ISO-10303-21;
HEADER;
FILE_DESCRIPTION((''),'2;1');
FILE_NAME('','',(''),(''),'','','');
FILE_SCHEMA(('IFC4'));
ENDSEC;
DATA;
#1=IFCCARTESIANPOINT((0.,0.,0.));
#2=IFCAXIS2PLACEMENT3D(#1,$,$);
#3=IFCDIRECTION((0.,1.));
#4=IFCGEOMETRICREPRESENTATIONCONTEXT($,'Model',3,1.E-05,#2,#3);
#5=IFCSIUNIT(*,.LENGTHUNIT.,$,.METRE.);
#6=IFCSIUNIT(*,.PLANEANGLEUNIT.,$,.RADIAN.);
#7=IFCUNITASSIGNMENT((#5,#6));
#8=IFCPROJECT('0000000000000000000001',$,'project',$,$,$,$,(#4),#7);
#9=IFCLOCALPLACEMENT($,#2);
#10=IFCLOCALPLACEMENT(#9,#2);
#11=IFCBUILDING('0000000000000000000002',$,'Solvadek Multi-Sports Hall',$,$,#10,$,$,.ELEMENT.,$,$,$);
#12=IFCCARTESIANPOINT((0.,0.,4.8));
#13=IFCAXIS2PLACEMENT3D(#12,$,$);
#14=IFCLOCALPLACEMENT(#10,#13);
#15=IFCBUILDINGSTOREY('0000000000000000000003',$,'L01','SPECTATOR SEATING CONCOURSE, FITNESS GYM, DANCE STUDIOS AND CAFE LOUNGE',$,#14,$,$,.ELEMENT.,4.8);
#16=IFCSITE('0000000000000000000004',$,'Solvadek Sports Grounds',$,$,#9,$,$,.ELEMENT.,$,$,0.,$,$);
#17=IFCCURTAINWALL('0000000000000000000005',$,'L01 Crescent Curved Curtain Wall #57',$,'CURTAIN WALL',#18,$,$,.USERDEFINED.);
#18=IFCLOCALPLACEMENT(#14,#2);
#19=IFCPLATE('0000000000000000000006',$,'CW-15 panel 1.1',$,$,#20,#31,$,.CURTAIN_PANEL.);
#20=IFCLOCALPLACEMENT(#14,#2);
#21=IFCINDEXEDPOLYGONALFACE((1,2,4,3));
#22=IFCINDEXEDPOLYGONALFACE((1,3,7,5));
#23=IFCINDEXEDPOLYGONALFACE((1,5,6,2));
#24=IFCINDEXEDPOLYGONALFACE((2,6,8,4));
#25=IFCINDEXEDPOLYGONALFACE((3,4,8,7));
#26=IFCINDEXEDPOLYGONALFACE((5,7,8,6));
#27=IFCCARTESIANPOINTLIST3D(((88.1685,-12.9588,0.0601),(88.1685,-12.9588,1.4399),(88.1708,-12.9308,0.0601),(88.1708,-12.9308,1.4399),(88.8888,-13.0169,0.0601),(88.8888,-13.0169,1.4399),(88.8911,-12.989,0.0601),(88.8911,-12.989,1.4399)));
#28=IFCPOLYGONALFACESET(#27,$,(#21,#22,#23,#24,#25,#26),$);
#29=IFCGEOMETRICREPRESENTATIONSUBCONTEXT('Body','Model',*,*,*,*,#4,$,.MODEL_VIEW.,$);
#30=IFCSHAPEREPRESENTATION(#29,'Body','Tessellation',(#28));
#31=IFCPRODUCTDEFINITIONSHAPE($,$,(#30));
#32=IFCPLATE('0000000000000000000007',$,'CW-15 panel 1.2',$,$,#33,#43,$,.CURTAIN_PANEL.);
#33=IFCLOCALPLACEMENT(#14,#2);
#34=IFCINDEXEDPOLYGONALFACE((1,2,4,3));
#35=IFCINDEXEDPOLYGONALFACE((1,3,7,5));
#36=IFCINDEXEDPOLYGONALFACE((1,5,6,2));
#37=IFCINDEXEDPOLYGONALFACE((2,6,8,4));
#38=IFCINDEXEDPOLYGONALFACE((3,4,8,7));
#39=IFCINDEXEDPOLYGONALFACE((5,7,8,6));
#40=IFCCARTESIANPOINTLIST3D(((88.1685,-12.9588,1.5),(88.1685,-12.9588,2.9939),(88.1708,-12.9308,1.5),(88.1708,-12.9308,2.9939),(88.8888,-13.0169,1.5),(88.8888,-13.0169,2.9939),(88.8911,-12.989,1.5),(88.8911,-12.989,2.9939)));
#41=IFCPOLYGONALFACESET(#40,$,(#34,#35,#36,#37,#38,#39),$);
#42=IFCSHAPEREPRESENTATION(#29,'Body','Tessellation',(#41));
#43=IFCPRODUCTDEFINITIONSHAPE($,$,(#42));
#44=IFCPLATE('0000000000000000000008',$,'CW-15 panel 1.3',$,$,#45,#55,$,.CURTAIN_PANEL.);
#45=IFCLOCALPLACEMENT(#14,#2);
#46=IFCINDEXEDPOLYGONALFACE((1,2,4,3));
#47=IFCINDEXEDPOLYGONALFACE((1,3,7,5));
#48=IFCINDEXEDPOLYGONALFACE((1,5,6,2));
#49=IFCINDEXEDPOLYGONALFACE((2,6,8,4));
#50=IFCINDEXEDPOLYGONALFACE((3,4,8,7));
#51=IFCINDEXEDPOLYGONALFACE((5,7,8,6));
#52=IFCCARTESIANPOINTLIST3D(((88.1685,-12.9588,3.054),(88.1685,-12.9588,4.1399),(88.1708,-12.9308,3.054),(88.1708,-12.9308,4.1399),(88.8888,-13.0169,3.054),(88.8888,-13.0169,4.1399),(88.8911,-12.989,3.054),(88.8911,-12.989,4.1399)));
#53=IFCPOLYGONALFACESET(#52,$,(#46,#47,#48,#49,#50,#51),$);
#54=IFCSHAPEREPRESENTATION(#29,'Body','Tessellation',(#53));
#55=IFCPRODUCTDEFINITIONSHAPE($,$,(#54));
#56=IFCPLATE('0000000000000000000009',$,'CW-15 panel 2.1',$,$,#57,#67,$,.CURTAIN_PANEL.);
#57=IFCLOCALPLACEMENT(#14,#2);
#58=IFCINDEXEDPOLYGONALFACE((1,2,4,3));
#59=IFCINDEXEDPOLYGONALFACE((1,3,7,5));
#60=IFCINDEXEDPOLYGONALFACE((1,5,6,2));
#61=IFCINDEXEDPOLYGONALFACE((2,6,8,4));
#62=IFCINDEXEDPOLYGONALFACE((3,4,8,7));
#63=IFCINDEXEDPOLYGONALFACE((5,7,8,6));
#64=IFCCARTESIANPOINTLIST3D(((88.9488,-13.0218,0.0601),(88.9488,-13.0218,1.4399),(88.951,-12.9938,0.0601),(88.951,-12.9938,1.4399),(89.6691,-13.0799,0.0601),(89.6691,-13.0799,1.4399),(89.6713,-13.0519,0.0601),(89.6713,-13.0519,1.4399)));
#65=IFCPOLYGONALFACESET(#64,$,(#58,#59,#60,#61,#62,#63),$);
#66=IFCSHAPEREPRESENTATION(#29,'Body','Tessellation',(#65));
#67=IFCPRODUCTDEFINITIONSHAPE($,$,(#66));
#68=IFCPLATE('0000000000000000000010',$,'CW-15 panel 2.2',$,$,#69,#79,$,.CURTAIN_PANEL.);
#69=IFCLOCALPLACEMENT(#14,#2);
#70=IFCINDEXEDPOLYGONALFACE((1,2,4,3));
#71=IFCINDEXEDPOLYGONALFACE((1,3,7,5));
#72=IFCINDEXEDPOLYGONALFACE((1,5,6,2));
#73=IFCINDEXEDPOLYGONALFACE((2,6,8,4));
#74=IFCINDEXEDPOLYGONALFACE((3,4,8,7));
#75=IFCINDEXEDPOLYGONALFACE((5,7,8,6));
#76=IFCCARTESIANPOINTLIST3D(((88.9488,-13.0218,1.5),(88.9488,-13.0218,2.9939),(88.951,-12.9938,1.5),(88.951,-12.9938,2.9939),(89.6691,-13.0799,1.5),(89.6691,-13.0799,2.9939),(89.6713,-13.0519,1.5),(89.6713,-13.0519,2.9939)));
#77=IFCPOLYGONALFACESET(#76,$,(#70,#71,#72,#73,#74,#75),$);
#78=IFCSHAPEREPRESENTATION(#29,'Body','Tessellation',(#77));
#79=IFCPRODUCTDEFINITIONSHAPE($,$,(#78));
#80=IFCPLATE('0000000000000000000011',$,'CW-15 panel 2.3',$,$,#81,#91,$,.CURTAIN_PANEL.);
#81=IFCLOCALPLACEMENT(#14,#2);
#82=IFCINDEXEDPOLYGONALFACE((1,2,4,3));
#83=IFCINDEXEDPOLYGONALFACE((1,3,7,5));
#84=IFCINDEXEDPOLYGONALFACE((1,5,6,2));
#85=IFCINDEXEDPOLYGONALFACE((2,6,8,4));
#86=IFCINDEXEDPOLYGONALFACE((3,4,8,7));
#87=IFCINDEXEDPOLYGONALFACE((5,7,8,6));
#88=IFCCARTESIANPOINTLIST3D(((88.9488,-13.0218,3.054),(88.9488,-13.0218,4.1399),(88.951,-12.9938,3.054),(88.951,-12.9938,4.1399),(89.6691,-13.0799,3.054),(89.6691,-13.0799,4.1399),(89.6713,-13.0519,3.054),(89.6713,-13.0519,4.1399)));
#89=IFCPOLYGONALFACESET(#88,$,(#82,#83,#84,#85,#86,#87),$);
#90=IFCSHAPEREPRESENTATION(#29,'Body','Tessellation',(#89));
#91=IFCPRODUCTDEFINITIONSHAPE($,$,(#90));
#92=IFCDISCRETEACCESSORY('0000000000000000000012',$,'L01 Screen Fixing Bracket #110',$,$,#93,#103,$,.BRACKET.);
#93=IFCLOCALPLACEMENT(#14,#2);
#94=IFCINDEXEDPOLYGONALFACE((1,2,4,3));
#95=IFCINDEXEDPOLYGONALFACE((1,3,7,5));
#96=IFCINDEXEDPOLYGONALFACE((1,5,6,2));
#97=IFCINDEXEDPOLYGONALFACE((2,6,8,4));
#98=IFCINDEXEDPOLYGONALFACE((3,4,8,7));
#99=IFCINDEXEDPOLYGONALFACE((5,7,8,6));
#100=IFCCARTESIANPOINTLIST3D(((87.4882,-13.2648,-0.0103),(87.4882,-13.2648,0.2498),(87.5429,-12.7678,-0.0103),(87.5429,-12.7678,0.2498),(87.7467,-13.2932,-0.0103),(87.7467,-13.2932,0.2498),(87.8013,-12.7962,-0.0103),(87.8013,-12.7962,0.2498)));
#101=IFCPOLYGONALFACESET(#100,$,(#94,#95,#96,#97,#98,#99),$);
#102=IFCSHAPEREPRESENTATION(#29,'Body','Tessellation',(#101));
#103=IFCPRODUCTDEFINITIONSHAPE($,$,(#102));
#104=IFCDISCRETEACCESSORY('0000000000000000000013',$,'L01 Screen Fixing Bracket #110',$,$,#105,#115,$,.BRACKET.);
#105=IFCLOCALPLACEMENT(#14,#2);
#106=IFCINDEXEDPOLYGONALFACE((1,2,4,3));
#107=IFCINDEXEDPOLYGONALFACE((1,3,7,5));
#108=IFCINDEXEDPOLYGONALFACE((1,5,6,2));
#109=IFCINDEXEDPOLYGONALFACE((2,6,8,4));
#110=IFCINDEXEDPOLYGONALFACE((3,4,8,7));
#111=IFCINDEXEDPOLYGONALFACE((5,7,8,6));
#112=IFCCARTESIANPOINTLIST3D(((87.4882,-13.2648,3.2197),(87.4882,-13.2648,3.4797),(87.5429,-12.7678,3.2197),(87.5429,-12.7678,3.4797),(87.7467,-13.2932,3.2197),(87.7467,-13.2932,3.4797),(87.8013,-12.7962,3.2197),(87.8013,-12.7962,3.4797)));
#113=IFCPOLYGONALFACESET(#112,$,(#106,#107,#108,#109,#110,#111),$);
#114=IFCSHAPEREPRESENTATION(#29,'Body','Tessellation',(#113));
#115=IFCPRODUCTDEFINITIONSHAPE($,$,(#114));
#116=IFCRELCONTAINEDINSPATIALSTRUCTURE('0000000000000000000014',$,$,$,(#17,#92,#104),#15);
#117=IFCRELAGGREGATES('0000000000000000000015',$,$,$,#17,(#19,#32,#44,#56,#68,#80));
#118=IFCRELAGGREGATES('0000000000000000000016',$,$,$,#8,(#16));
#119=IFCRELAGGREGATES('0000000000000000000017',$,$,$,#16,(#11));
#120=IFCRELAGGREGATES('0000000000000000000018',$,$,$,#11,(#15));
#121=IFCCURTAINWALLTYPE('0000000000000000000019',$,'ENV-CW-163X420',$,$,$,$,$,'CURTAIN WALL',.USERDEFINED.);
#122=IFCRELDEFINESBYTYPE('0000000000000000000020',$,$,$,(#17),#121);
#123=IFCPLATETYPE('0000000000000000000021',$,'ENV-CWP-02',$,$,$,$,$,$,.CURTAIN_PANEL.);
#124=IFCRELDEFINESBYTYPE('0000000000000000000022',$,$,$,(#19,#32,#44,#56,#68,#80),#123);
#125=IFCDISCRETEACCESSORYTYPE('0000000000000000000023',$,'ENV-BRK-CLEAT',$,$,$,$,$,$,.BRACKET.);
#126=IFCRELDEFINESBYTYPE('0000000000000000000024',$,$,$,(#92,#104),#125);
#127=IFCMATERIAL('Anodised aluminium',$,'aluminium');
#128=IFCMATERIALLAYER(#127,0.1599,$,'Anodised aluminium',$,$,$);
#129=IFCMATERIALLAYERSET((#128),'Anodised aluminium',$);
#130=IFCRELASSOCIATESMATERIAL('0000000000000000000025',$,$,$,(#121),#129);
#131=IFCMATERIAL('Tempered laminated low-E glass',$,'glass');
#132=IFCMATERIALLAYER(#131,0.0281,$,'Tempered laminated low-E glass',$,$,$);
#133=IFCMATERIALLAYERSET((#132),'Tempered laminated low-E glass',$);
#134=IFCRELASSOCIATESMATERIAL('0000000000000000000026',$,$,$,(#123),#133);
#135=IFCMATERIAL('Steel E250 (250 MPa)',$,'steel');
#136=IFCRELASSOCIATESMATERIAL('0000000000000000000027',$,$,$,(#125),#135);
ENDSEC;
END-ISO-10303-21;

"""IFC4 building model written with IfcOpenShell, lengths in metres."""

from ifc_helpers import new_model, si_unit, direction, frame, origin, origin_2d, place, context, subcontext, project, spatial, rectangle, extrude, material, layer, layer_set, type_object, element, aggregate, save


model = new_model("IFC4")

# Units and contexts
model_context = context("Model", 3, precision=1e-05, world=origin(), true_north=direction((0.0, 1.0)))
body_context = subcontext(model_context, "Body", "Model", "MODEL_VIEW")
ifc_project = project(units=[si_unit("LENGTHUNIT", "METRE"), si_unit("PLANEANGLEUNIT", "RADIAN")], contexts=[model_context])

# Site, building, storey
site_placement = place(None, origin())
site = spatial("IfcSite", under=ifc_project, at=site_placement, Name="Solvadek Sports Grounds", CompositionType="ELEMENT", RefElevation=0.0)
building_placement = place(site_placement, origin())
building = spatial("IfcBuilding", under=site, at=building_placement, Name="Solvadek Multi-Sports Hall", CompositionType="ELEMENT")
storey_placement = place(building_placement, frame((0.0, 0.0, 4.8)))
storey = spatial("IfcBuildingStorey", under=building, at=storey_placement, Name="L01", Description="SPECTATOR SEATING CONCOURSE, FITNESS GYM, DANCE STUDIOS AND CAFE LOUNGE", CompositionType="ELEMENT", Elevation=4.8)

# Shared definitions
ifc_material_1 = material(Name="Anodised aluminium", Category="aluminium")

# Curtain wall
ifc_layer_1 = layer(ifc_material_1, 0.1599, Name="Anodised aluminium")
ifc_layer_set_1 = layer_set([ifc_layer_1], Name="Anodised aluminium")
curtain_wall_type_1 = type_object("IfcCurtainWallType", Name="ENV-CW-163X420", ElementType="CURTAIN WALL", PredefinedType="USERDEFINED", material=ifc_layer_set_1)
curtain_wall_1_placement = place(storey_placement, origin())
curtain_wall_1 = element("IfcCurtainWall", 1, at=curtain_wall_1_placement, inside=storey, type_object=curtain_wall_type_1, Name="L01 Crescent Curved Curtain Wall #57", ObjectType="CURTAIN WALL", PredefinedType="USERDEFINED")

# Plates
ifc_material_2 = material(Name="Tempered laminated low-E glass", Category="glass")
ifc_layer_2 = layer(ifc_material_2, 0.0281, Name="Tempered laminated low-E glass")
ifc_layer_set_2 = layer_set([ifc_layer_2], Name="Tempered laminated low-E glass")
plate_type_1 = type_object("IfcPlateType", Name="ENV-CWP-02", PredefinedType="CURTAIN_PANEL", material=ifc_layer_set_2)
plate_1_placement = place(storey_placement, frame((88.5298, -12.9739, 0.0601), z_axis=(0.0, 0.0, 1.0), x_axis=(0.996757, -0.080469, 0.0)))
plate_1 = element("IfcPlate", 2, at=plate_1_placement, type_object=plate_type_1, Name="CW-15 panel 1.1", PredefinedType="CURTAIN_PANEL", context=body_context, shape_type="SweptSolid", body=[
    extrude(rectangle(XDim=0.7227, YDim=0.0281, at=origin_2d()), origin(), (0.0, 0.0, 1.0), 1.3799),
])
plate_2_placement = place(storey_placement, frame((88.5298, -12.9739, 1.5), z_axis=(0.0, 0.0, 1.0), x_axis=(0.996757, -0.080469, 0.0)))
plate_2 = element("IfcPlate", 3, at=plate_2_placement, type_object=plate_type_1, Name="CW-15 panel 1.2", PredefinedType="CURTAIN_PANEL", context=body_context, shape_type="SweptSolid", body=[
    extrude(rectangle(XDim=0.7227, YDim=0.0281, at=origin_2d()), origin(), (0.0, 0.0, 1.0), 1.4939),
])
plate_3_placement = place(storey_placement, frame((88.5298, -12.9739, 3.054), z_axis=(0.0, 0.0, 1.0), x_axis=(0.996757, -0.080469, 0.0)))
plate_3 = element("IfcPlate", 4, at=plate_3_placement, type_object=plate_type_1, Name="CW-15 panel 1.3", PredefinedType="CURTAIN_PANEL", context=body_context, shape_type="SweptSolid", body=[
    extrude(rectangle(XDim=0.7227, YDim=0.0281, at=origin_2d()), origin(), (0.0, 0.0, 1.0), 1.0859),
])
plate_4_placement = place(storey_placement, frame((89.3101, -13.0369, 0.0601), z_axis=(0.0, 0.0, 1.0), x_axis=(0.996757, -0.080469, 0.0)))
plate_4 = element("IfcPlate", 5, at=plate_4_placement, type_object=plate_type_1, Name="CW-15 panel 2.1", PredefinedType="CURTAIN_PANEL", context=body_context, shape_type="SweptSolid", body=[
    extrude(rectangle(XDim=0.7227, YDim=0.0281, at=origin_2d()), origin(), (0.0, 0.0, 1.0), 1.3799),
])
plate_5_placement = place(storey_placement, frame((89.3101, -13.0369, 1.5), z_axis=(0.0, 0.0, 1.0), x_axis=(0.996757, -0.080469, 0.0)))
plate_5 = element("IfcPlate", 6, at=plate_5_placement, type_object=plate_type_1, Name="CW-15 panel 2.2", PredefinedType="CURTAIN_PANEL", context=body_context, shape_type="SweptSolid", body=[
    extrude(rectangle(XDim=0.7227, YDim=0.0281, at=origin_2d()), origin(), (0.0, 0.0, 1.0), 1.4939),
])
plate_6_placement = place(storey_placement, frame((89.3101, -13.0369, 3.054), z_axis=(0.0, 0.0, 1.0), x_axis=(0.996757, -0.080469, 0.0)))
plate_6 = element("IfcPlate", 7, at=plate_6_placement, type_object=plate_type_1, Name="CW-15 panel 2.3", PredefinedType="CURTAIN_PANEL", context=body_context, shape_type="SweptSolid", body=[
    extrude(rectangle(XDim=0.7227, YDim=0.0281, at=origin_2d()), origin(), (0.0, 0.0, 1.0), 1.0859),
])
aggregate(curtain_wall_1, [plate_1, plate_2, plate_3, plate_4, plate_5, plate_6])

# Discrete accessories
ifc_material_3 = material(Name="Steel E250 (250 MPa)", Category="steel")
discrete_accessory_type = type_object("IfcDiscreteAccessoryType", Name="ENV-BRK-CLEAT", PredefinedType="BRACKET", material=ifc_material_3)
for number, where, z_axis, x_axis, name in (
    (8, (87.6448, -13.0305, -0.0103), (0.0, 0.0, 1.0), (0.994011, -0.109282, 0.0), "L01 Screen Fixing Bracket #110"),
    (9, (87.6448, -13.0305, 3.2197), (0.0, 0.0, 1.0), (0.994011, -0.109282, 0.0), "L01 Screen Fixing Bracket #110"),
):
    element("IfcDiscreteAccessory", number, at=place(storey_placement, frame(where, z_axis=z_axis, x_axis=x_axis)), inside=storey, type_object=discrete_accessory_type, Name=name, PredefinedType="BRACKET", context=body_context, shape_type="SweptSolid", body=[
        extrude(rectangle(XDim=0.26, YDim=0.5, at=origin_2d()), origin(), (0.0, 0.0, 1.0), 0.26),
    ])

save(model, "model.ifc")
